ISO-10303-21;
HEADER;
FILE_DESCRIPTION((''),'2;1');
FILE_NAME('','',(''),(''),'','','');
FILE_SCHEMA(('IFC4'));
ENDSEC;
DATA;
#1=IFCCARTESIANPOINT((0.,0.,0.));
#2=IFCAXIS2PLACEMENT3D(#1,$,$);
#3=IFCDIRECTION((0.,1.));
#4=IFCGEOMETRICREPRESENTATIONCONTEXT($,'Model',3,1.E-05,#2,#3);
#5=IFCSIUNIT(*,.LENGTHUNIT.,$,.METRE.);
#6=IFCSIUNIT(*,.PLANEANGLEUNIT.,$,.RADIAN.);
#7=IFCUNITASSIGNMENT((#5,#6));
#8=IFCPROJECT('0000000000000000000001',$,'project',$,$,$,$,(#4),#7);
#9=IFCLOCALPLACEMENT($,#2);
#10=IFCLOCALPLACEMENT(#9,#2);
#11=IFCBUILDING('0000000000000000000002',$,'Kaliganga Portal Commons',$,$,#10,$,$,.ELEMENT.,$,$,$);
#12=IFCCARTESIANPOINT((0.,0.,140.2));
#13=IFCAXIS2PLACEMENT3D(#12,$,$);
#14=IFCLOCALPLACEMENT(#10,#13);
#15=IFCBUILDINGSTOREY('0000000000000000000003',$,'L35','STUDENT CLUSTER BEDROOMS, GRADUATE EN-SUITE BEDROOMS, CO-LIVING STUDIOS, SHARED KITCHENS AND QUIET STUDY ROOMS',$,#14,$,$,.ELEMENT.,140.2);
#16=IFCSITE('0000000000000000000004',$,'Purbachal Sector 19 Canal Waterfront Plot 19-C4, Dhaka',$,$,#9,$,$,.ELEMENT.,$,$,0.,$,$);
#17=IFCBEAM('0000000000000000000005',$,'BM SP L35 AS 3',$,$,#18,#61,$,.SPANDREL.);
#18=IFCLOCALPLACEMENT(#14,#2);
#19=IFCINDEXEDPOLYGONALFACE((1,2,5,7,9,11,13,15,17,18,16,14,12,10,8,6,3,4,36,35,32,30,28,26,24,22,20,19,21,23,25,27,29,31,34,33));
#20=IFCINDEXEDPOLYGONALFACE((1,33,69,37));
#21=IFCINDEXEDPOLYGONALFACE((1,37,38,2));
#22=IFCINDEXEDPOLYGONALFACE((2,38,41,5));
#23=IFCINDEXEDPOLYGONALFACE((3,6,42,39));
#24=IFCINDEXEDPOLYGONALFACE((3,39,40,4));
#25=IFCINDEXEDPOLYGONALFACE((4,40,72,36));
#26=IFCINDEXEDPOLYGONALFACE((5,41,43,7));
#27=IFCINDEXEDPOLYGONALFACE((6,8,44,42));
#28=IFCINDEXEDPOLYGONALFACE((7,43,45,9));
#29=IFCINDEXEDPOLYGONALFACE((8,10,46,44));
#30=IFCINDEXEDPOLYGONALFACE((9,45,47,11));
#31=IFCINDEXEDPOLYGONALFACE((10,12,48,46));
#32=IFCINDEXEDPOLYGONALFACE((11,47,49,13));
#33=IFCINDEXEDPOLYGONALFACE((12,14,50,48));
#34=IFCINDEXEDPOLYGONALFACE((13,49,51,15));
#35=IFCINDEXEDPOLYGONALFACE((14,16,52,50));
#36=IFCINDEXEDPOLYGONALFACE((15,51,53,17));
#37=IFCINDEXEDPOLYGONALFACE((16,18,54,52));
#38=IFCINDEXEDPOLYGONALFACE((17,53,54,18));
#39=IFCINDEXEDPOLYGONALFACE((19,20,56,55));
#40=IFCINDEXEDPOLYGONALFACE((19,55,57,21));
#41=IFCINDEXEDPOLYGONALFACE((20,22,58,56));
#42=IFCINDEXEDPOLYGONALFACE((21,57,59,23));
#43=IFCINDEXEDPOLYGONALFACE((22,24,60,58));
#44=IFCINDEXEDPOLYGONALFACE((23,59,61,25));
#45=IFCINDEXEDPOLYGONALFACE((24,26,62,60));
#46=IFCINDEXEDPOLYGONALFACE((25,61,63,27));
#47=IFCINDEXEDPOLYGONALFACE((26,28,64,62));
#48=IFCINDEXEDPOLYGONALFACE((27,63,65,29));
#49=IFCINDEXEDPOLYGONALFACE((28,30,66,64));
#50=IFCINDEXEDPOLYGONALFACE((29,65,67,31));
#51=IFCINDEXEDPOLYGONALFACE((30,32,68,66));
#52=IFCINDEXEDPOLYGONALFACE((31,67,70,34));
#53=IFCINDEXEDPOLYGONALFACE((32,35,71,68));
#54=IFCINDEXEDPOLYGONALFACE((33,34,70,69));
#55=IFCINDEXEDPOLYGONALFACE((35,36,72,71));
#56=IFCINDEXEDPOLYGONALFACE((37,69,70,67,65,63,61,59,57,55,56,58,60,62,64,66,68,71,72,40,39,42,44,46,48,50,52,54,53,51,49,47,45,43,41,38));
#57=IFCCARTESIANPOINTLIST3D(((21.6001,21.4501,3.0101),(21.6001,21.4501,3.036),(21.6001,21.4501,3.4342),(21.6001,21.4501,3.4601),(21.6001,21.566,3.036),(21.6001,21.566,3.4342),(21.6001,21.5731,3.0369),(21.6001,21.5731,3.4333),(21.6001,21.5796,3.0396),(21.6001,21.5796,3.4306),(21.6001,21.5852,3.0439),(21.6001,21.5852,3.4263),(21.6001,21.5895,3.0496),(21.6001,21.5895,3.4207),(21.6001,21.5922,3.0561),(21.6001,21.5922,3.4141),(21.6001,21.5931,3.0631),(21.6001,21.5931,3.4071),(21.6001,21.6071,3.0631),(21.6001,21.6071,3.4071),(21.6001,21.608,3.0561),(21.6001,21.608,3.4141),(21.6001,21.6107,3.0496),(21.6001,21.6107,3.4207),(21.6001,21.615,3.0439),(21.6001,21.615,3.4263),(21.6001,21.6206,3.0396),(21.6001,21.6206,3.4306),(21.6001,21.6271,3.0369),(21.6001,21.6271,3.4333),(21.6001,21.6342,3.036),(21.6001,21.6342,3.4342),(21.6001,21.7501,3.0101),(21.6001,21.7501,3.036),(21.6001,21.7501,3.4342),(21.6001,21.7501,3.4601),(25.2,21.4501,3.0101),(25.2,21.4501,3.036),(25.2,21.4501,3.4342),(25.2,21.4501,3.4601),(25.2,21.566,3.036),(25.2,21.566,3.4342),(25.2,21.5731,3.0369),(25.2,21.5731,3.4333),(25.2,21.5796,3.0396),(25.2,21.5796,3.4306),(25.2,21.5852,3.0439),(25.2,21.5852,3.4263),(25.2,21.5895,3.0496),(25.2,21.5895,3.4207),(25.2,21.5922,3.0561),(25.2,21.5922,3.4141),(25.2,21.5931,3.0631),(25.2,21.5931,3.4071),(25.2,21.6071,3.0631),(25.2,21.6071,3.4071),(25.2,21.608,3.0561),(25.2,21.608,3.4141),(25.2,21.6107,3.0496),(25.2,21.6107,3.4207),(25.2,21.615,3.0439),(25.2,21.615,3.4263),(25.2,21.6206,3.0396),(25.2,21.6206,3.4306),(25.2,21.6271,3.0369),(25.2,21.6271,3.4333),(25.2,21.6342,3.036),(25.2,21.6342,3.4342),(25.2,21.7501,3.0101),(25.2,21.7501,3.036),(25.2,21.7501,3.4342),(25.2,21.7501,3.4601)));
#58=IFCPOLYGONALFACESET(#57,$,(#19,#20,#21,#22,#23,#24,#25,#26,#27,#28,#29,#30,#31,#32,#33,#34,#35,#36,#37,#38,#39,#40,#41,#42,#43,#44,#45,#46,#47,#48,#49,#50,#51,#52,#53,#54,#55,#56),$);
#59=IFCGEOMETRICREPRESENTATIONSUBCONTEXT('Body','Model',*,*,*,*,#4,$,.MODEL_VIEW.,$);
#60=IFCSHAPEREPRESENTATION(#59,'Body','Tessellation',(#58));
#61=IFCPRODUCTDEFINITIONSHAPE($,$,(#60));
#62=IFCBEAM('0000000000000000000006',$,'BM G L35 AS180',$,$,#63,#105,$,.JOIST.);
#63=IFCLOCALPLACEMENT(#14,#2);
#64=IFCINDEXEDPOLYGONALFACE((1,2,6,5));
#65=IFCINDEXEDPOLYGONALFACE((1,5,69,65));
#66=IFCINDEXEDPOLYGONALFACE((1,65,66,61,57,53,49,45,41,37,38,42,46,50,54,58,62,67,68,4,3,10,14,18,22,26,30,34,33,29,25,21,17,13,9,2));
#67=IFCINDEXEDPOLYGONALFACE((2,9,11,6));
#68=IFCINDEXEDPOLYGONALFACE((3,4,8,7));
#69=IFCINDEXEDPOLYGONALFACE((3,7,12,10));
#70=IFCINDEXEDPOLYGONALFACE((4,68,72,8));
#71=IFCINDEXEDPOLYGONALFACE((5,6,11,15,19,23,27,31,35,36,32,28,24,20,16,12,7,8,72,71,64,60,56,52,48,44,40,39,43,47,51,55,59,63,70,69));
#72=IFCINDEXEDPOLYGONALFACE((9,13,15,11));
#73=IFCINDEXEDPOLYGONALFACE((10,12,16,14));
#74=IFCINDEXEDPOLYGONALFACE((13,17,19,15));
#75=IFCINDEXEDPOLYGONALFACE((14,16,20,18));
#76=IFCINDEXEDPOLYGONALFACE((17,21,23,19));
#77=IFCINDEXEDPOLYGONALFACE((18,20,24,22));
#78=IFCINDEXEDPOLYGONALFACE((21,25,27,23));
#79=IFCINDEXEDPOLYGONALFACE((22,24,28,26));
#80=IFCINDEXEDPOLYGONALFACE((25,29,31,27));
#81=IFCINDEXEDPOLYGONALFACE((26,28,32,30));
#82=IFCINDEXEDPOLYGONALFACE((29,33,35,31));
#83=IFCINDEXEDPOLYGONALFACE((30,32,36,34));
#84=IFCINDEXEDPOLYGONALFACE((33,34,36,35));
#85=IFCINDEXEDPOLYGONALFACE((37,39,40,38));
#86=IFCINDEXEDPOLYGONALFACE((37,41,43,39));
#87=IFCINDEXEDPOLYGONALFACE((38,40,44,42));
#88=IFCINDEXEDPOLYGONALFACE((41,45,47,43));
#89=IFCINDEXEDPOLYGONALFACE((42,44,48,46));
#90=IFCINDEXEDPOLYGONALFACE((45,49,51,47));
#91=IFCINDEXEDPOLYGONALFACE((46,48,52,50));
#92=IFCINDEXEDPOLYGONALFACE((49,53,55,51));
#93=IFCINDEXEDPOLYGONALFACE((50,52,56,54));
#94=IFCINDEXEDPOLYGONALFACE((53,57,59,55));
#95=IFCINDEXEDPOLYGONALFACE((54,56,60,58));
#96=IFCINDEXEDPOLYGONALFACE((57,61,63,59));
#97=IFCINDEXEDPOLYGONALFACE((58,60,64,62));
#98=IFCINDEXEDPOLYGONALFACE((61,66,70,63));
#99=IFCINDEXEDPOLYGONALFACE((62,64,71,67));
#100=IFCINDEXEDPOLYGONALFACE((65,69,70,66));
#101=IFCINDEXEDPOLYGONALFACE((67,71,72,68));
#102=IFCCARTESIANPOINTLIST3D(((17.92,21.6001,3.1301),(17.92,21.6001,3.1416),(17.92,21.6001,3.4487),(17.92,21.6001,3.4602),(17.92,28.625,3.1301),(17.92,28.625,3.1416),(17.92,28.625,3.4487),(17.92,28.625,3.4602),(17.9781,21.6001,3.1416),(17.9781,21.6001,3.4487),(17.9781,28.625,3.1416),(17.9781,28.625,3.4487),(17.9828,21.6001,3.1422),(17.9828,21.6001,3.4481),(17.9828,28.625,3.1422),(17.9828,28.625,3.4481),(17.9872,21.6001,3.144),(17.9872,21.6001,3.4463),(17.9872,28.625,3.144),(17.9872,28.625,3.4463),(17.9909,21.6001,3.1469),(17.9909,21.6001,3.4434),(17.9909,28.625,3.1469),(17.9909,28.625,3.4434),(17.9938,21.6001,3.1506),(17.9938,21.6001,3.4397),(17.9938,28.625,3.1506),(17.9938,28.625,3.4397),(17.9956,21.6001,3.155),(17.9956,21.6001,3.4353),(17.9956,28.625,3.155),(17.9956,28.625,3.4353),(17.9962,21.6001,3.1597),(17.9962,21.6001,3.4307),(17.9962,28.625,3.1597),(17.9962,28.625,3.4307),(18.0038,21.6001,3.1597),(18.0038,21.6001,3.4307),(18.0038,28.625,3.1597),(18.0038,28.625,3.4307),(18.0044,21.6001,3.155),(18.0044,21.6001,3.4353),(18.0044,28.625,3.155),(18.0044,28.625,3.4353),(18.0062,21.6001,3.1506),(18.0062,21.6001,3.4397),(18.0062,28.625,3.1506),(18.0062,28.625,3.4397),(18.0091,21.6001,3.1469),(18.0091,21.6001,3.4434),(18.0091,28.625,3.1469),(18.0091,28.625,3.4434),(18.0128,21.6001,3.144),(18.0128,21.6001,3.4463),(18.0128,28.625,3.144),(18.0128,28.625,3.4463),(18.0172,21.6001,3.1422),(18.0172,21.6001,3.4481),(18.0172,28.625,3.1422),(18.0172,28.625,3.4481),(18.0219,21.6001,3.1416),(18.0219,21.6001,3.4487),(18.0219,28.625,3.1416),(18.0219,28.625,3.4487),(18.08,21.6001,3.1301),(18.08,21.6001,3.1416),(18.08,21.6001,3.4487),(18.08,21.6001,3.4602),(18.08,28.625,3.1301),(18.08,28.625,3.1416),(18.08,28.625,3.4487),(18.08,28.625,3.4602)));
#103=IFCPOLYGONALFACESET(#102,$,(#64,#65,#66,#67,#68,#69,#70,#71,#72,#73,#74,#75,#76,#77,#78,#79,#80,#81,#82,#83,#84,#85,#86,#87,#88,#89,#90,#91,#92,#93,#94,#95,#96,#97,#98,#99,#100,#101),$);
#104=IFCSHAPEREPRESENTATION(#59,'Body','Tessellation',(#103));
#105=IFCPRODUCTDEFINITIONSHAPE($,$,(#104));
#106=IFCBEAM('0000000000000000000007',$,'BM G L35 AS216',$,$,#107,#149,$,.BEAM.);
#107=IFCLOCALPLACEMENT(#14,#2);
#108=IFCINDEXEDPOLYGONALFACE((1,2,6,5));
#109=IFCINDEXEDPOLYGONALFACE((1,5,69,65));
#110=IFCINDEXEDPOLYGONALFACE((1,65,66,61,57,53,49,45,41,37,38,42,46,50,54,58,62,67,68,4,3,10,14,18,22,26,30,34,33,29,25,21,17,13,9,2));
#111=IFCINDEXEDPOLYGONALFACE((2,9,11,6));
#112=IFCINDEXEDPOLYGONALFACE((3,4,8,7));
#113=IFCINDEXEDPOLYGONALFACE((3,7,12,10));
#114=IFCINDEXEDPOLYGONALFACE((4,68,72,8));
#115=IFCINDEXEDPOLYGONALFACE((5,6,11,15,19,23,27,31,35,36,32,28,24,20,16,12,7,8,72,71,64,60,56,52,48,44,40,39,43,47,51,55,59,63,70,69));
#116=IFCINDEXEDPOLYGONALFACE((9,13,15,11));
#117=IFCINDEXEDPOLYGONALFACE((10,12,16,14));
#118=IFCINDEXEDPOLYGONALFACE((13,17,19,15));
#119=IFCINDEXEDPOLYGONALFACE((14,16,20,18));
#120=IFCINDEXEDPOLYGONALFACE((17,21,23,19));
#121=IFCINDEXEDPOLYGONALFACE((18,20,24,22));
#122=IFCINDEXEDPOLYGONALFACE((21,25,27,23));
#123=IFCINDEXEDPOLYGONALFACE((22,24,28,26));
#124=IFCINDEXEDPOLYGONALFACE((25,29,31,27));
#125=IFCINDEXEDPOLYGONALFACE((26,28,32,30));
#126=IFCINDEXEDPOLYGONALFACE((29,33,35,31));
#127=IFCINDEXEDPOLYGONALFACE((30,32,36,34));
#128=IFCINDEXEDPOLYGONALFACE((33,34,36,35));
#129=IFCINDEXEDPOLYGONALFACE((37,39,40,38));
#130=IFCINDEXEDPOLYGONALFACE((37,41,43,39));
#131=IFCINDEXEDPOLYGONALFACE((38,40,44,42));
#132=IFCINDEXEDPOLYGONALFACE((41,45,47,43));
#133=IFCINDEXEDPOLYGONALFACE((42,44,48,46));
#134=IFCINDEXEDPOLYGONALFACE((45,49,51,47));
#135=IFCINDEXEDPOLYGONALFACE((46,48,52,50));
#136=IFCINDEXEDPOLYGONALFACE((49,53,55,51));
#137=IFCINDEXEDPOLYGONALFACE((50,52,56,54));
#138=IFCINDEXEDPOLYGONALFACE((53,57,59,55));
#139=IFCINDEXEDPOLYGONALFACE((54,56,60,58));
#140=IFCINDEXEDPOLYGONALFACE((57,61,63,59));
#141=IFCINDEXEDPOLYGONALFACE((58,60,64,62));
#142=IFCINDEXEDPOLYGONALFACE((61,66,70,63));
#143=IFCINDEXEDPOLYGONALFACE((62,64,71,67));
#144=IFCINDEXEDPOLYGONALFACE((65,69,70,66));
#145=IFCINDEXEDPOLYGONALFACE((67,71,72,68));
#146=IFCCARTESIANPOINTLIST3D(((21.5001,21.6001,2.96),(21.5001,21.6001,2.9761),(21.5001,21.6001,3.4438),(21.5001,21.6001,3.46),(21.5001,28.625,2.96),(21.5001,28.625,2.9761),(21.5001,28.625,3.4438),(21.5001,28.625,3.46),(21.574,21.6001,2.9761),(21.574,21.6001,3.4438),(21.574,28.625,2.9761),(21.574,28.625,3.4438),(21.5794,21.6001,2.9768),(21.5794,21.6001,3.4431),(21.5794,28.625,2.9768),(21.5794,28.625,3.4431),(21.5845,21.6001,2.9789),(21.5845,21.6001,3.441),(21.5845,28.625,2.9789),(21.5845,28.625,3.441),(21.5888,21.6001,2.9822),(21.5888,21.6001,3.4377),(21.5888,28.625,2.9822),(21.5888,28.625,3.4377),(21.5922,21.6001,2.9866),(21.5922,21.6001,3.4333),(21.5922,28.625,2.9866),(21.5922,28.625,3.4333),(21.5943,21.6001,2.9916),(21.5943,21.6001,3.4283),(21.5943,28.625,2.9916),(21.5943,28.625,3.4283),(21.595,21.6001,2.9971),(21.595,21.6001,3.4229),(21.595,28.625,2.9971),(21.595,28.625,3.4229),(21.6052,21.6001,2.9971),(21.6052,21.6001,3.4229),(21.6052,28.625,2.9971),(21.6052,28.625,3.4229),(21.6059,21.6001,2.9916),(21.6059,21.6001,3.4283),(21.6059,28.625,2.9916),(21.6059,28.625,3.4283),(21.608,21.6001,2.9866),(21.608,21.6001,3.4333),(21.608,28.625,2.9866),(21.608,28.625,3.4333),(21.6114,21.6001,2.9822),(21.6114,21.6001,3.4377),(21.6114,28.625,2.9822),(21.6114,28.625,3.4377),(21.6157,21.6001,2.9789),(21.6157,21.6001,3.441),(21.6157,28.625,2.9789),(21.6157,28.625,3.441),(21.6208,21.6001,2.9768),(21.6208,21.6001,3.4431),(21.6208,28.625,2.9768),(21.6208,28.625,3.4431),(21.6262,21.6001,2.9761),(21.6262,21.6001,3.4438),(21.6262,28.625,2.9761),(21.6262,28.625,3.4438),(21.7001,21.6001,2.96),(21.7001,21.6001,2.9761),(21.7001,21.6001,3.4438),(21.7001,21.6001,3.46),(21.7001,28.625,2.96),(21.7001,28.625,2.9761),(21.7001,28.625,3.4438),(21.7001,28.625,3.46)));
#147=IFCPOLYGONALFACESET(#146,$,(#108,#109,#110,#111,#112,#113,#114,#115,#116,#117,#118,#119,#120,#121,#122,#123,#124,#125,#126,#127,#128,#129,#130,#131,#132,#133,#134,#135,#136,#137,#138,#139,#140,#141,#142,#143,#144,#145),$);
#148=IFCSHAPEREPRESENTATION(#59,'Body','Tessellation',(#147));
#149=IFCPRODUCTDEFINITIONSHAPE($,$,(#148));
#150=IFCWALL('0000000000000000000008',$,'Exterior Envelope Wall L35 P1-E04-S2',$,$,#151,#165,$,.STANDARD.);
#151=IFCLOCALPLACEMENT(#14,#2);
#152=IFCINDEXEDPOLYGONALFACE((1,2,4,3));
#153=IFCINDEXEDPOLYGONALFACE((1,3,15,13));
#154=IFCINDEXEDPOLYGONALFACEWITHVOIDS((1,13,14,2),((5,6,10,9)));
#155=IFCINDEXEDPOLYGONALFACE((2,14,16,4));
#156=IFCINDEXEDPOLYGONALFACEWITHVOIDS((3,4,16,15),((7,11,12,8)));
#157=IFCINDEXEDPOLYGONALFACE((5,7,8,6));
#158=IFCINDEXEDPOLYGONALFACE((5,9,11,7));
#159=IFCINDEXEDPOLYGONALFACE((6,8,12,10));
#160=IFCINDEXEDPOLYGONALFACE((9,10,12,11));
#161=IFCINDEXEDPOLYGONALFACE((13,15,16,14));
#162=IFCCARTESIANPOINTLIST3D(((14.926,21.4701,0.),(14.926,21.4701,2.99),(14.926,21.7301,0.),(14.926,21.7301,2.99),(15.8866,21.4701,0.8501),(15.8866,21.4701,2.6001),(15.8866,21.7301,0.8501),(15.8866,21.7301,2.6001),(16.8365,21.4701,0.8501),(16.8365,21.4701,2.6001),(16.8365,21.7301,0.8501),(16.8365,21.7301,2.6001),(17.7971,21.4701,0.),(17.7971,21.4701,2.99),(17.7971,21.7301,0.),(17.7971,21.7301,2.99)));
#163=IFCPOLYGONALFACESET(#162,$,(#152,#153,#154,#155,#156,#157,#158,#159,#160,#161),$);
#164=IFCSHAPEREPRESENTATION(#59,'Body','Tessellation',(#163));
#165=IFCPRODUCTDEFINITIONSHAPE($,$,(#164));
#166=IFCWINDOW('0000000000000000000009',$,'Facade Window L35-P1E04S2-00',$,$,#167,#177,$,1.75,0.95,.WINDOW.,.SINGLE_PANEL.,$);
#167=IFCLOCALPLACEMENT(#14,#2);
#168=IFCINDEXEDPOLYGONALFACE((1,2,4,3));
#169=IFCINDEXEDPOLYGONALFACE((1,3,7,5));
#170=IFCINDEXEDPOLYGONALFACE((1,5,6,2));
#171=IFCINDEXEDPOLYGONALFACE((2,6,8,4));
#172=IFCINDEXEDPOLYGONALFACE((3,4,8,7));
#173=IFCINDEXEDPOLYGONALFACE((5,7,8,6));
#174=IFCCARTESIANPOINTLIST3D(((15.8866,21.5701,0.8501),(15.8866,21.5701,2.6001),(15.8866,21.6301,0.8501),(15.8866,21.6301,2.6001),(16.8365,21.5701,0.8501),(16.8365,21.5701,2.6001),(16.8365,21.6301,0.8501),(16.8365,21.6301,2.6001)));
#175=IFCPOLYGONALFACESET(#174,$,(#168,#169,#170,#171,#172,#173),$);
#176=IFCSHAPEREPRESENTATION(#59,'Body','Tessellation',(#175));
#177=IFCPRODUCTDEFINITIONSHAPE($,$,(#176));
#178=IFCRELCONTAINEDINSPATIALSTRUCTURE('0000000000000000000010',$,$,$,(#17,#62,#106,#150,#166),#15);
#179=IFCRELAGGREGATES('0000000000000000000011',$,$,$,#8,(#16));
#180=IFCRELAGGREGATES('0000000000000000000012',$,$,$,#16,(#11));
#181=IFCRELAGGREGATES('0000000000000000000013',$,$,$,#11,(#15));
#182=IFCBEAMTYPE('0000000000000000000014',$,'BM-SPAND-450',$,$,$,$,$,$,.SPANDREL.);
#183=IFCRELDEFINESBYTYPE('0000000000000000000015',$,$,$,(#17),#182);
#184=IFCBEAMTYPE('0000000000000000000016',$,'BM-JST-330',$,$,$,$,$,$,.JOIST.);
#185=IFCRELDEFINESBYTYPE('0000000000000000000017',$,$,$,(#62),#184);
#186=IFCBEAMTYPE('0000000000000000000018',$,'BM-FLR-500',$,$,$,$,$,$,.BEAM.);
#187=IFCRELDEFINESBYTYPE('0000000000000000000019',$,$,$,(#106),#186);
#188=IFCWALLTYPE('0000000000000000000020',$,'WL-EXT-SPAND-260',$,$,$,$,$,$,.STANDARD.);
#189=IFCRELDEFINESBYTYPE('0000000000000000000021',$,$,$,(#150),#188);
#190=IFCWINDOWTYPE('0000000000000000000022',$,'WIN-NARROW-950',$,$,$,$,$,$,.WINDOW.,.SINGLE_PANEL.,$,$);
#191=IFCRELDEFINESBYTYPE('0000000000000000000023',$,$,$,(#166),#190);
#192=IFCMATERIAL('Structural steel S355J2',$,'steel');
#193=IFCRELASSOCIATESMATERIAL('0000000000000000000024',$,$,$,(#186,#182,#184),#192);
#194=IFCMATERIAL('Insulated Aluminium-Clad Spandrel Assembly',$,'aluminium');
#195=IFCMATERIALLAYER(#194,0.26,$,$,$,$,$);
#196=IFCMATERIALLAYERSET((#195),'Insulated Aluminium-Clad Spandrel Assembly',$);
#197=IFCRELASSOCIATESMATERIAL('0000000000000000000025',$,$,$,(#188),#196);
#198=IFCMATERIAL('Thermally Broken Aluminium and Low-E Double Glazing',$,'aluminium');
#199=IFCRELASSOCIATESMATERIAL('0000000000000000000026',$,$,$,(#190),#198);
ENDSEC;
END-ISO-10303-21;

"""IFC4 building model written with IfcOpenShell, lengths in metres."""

from ifc_helpers import new_model, si_unit, direction, frame, frame_2d, origin, origin_2d, place, context, subcontext, project, spatial, rectangle, i_section, extrude, source, transform, mapped, material, layer, layer_set, material_profile, profile_set, type_object, element, fill, save


model = new_model("IFC4")

# Units and contexts
model_context = context("Model", 3, precision=1e-05, world=origin(), true_north=direction((0.0, 1.0)))
body_context = subcontext(model_context, "Body", "Model", "MODEL_VIEW")
ifc_project = project(units=[si_unit("LENGTHUNIT", "METRE"), si_unit("PLANEANGLEUNIT", "RADIAN")], contexts=[model_context])

# Site, building, storey
site_placement = place(None, origin())
site = spatial("IfcSite", under=ifc_project, at=site_placement, Name="Purbachal Sector 19 Canal Waterfront Plot 19-C4, Dhaka", CompositionType="ELEMENT", RefElevation=0.0)
building_placement = place(site_placement, origin())
building = spatial("IfcBuilding", under=site, at=building_placement, Name="Kaliganga Portal Commons", CompositionType="ELEMENT")
storey_placement = place(building_placement, frame((0.0, 0.0, 140.2)))
storey = spatial("IfcBuildingStorey", under=building, at=storey_placement, Name="L35", Description="STUDENT CLUSTER BEDROOMS, GRADUATE EN-SUITE BEDROOMS, CO-LIVING STUDIOS, SHARED KITCHENS AND QUIET STUDY ROOMS", CompositionType="ELEMENT", Elevation=140.2)

# Beams
ifc_material_1 = material(Name="Structural steel S355J2", Category="steel")
ifc_material_profile_1 = material_profile(ifc_material_1, i_section(OverallWidth=0.2, OverallDepth=0.5, WebThickness=0.0103, FlangeThickness=0.0161, FilletRadius=0.021, at=origin_2d()), Name="IPE 500")
ifc_profile_set_1 = profile_set([ifc_material_profile_1], Name="Structural steel S355J2 wide-flange")
beam_type_1 = type_object("IfcBeamType", Name="BM-FLR-500", PredefinedType="BEAM", material=ifc_profile_set_1)
ifc_material_profile_2 = material_profile(ifc_material_1, i_section(OverallWidth=0.3, OverallDepth=0.45, WebThickness=0.0139, FlangeThickness=0.0259, FilletRadius=0.0271, at=origin_2d()), Name="HE 450 B")
ifc_profile_set_2 = profile_set([ifc_material_profile_2], Name="Structural steel S355J2 wide-flange")
beam_type_2 = type_object("IfcBeamType", Name="BM-SPAND-450", PredefinedType="SPANDREL", material=ifc_profile_set_2)
shared_shape_1 = source(origin(), body_context, "Body", "SweptSolid", [
    extrude(i_section(OverallWidth=0.3, OverallDepth=0.45, WebThickness=0.0139, FlangeThickness=0.0259, FilletRadius=0.0271, at=origin_2d()), origin(), (0.0, 0.0, 1.0), 3.5999),
])
beam_1_placement = place(storey_placement, frame((21.6001, 21.6001, 3.2351), z_axis=(1.0, 0.0, 0.0), x_axis=(0.0, 1.0, 0.0)))
element("IfcBeam", 1, at=beam_1_placement, inside=storey, type_object=beam_type_2, Name="BM SP L35 AS 3", PredefinedType="SPANDREL", context=body_context, shape_type="MappedRepresentation", body=[
    mapped(shared_shape_1, transform((0.0, 0.0, 0.0), x_axis=(1.0, 0.0, 0.0), y_axis=(0.0, 1.0, 0.0), z_axis=(0.0, 0.0, 1.0), scale=1.0)),
])
ifc_material_profile_3 = material_profile(ifc_material_1, i_section(OverallWidth=0.1599, OverallDepth=0.3301, WebThickness=0.0076, FlangeThickness=0.0115, FilletRadius=0.0181, at=origin_2d()), Name="IPE 330")
ifc_profile_set_3 = profile_set([ifc_material_profile_3], Name="Structural steel S355J2 wide-flange")
beam_type_3 = type_object("IfcBeamType", Name="BM-JST-330", PredefinedType="JOIST", material=ifc_profile_set_3)
shared_shape_2 = source(origin(), body_context, "Body", "SweptSolid", [
    extrude(i_section(OverallWidth=0.1599, OverallDepth=0.3301, WebThickness=0.0076, FlangeThickness=0.0115, FilletRadius=0.0181, at=origin_2d()), origin(), (0.0, 0.0, 1.0), 7.0249),
])
beam_2_placement = place(storey_placement, frame((18.0, 21.6001, 3.2952), z_axis=(0.0, 1.0, 0.0), x_axis=(-1.0, 0.0, 0.0)))
element("IfcBeam", 2, at=beam_2_placement, inside=storey, type_object=beam_type_3, Name="BM G L35 AS180", PredefinedType="JOIST", context=body_context, shape_type="MappedRepresentation", body=[
    mapped(shared_shape_2, transform((0.0, 0.0, 0.0), x_axis=(1.0, 0.0, 0.0), y_axis=(0.0, 1.0, 0.0), z_axis=(0.0, 0.0, 1.0), scale=1.0)),
])
shared_shape_3 = source(origin(), body_context, "Body", "SweptSolid", [
    extrude(i_section(OverallWidth=0.2, OverallDepth=0.5, WebThickness=0.0103, FlangeThickness=0.0161, FilletRadius=0.021, at=origin_2d()), origin(), (0.0, 0.0, 1.0), 7.0249),
])
beam_3_placement = place(storey_placement, frame((21.6001, 21.6001, 3.21), z_axis=(0.0, 1.0, 0.0), x_axis=(-1.0, 0.0, 0.0)))
element("IfcBeam", 3, at=beam_3_placement, inside=storey, type_object=beam_type_1, Name="BM G L35 AS216", PredefinedType="BEAM", context=body_context, shape_type="MappedRepresentation", body=[
    mapped(shared_shape_3, transform((0.0, 0.0, 0.0), x_axis=(1.0, 0.0, 0.0), y_axis=(0.0, 1.0, 0.0), z_axis=(0.0, 0.0, 1.0), scale=1.0)),
])

# Wall, opening, window
ifc_material_2 = material(Name="Insulated Aluminium-Clad Spandrel Assembly", Category="aluminium")
ifc_layer_1 = layer(ifc_material_2, 0.26)
ifc_layer_set_1 = layer_set([ifc_layer_1], Name="Insulated Aluminium-Clad Spandrel Assembly")
wall_type_1 = type_object("IfcWallType", Name="WL-EXT-SPAND-260", PredefinedType="STANDARD", material=ifc_layer_set_1)
wall_1_placement = place(storey_placement, frame((17.7971, 21.6001, 0.0), z_axis=(0.0, 0.0, 1.0), x_axis=(-1.0, 0.0, 0.0)))
wall_1 = element("IfcWall", 4, at=wall_1_placement, inside=storey, type_object=wall_type_1, Name="Exterior Envelope Wall L35 P1-E04-S2", PredefinedType="STANDARD", context=body_context, shape_type="SweptSolid", body=[
    extrude(rectangle(XDim=2.8711, YDim=0.26, at=frame_2d((1.4355, 0.0))), origin(), (0.0, 0.0, 1.0), 2.99),
])
opening_1_placement = place(wall_1_placement, frame((0.9604, 0.0, 0.8501)))
opening_1 = element("IfcOpeningElement", 5, at=opening_1_placement, cuts=wall_1, PredefinedType="OPENING", context=body_context, shape_type="SweptSolid", body=[
    extrude(rectangle(XDim=0.95, YDim=1.75, at=frame_2d((0.4751, 0.875))), frame((0.0, 0.1401, 0.0), z_axis=(0.0, -1.0, 0.0), x_axis=(1.0, 0.0, 0.0)), (0.0, 0.0, 1.0), 0.28),
])
ifc_material_3 = material(Name="Thermally Broken Aluminium and Low-E Double Glazing", Category="aluminium")
window_type_1 = type_object("IfcWindowType", Name="WIN-NARROW-950", PartitioningType="SINGLE_PANEL", PredefinedType="WINDOW", material=ifc_material_3)
window_1_placement = place(opening_1_placement, origin())
window_1 = element("IfcWindow", 6, at=window_1_placement, inside=storey, type_object=window_type_1, Name="Facade Window L35-P1E04S2-00", OverallHeight=1.75, OverallWidth=0.95, PartitioningType="SINGLE_PANEL", PredefinedType="WINDOW", context=body_context, shape_type="SweptSolid", body=[
    extrude(rectangle(XDim=0.95, YDim=1.75, at=frame_2d((0.4751, 0.875))), frame((0.0, 0.03, 0.0), z_axis=(0.0, -1.0, 0.0), x_axis=(1.0, 0.0, 0.0)), (0.0, 0.0, 1.0), 0.0601),
])
fill(opening_1, window_1)

save(model, "model.ifc")
